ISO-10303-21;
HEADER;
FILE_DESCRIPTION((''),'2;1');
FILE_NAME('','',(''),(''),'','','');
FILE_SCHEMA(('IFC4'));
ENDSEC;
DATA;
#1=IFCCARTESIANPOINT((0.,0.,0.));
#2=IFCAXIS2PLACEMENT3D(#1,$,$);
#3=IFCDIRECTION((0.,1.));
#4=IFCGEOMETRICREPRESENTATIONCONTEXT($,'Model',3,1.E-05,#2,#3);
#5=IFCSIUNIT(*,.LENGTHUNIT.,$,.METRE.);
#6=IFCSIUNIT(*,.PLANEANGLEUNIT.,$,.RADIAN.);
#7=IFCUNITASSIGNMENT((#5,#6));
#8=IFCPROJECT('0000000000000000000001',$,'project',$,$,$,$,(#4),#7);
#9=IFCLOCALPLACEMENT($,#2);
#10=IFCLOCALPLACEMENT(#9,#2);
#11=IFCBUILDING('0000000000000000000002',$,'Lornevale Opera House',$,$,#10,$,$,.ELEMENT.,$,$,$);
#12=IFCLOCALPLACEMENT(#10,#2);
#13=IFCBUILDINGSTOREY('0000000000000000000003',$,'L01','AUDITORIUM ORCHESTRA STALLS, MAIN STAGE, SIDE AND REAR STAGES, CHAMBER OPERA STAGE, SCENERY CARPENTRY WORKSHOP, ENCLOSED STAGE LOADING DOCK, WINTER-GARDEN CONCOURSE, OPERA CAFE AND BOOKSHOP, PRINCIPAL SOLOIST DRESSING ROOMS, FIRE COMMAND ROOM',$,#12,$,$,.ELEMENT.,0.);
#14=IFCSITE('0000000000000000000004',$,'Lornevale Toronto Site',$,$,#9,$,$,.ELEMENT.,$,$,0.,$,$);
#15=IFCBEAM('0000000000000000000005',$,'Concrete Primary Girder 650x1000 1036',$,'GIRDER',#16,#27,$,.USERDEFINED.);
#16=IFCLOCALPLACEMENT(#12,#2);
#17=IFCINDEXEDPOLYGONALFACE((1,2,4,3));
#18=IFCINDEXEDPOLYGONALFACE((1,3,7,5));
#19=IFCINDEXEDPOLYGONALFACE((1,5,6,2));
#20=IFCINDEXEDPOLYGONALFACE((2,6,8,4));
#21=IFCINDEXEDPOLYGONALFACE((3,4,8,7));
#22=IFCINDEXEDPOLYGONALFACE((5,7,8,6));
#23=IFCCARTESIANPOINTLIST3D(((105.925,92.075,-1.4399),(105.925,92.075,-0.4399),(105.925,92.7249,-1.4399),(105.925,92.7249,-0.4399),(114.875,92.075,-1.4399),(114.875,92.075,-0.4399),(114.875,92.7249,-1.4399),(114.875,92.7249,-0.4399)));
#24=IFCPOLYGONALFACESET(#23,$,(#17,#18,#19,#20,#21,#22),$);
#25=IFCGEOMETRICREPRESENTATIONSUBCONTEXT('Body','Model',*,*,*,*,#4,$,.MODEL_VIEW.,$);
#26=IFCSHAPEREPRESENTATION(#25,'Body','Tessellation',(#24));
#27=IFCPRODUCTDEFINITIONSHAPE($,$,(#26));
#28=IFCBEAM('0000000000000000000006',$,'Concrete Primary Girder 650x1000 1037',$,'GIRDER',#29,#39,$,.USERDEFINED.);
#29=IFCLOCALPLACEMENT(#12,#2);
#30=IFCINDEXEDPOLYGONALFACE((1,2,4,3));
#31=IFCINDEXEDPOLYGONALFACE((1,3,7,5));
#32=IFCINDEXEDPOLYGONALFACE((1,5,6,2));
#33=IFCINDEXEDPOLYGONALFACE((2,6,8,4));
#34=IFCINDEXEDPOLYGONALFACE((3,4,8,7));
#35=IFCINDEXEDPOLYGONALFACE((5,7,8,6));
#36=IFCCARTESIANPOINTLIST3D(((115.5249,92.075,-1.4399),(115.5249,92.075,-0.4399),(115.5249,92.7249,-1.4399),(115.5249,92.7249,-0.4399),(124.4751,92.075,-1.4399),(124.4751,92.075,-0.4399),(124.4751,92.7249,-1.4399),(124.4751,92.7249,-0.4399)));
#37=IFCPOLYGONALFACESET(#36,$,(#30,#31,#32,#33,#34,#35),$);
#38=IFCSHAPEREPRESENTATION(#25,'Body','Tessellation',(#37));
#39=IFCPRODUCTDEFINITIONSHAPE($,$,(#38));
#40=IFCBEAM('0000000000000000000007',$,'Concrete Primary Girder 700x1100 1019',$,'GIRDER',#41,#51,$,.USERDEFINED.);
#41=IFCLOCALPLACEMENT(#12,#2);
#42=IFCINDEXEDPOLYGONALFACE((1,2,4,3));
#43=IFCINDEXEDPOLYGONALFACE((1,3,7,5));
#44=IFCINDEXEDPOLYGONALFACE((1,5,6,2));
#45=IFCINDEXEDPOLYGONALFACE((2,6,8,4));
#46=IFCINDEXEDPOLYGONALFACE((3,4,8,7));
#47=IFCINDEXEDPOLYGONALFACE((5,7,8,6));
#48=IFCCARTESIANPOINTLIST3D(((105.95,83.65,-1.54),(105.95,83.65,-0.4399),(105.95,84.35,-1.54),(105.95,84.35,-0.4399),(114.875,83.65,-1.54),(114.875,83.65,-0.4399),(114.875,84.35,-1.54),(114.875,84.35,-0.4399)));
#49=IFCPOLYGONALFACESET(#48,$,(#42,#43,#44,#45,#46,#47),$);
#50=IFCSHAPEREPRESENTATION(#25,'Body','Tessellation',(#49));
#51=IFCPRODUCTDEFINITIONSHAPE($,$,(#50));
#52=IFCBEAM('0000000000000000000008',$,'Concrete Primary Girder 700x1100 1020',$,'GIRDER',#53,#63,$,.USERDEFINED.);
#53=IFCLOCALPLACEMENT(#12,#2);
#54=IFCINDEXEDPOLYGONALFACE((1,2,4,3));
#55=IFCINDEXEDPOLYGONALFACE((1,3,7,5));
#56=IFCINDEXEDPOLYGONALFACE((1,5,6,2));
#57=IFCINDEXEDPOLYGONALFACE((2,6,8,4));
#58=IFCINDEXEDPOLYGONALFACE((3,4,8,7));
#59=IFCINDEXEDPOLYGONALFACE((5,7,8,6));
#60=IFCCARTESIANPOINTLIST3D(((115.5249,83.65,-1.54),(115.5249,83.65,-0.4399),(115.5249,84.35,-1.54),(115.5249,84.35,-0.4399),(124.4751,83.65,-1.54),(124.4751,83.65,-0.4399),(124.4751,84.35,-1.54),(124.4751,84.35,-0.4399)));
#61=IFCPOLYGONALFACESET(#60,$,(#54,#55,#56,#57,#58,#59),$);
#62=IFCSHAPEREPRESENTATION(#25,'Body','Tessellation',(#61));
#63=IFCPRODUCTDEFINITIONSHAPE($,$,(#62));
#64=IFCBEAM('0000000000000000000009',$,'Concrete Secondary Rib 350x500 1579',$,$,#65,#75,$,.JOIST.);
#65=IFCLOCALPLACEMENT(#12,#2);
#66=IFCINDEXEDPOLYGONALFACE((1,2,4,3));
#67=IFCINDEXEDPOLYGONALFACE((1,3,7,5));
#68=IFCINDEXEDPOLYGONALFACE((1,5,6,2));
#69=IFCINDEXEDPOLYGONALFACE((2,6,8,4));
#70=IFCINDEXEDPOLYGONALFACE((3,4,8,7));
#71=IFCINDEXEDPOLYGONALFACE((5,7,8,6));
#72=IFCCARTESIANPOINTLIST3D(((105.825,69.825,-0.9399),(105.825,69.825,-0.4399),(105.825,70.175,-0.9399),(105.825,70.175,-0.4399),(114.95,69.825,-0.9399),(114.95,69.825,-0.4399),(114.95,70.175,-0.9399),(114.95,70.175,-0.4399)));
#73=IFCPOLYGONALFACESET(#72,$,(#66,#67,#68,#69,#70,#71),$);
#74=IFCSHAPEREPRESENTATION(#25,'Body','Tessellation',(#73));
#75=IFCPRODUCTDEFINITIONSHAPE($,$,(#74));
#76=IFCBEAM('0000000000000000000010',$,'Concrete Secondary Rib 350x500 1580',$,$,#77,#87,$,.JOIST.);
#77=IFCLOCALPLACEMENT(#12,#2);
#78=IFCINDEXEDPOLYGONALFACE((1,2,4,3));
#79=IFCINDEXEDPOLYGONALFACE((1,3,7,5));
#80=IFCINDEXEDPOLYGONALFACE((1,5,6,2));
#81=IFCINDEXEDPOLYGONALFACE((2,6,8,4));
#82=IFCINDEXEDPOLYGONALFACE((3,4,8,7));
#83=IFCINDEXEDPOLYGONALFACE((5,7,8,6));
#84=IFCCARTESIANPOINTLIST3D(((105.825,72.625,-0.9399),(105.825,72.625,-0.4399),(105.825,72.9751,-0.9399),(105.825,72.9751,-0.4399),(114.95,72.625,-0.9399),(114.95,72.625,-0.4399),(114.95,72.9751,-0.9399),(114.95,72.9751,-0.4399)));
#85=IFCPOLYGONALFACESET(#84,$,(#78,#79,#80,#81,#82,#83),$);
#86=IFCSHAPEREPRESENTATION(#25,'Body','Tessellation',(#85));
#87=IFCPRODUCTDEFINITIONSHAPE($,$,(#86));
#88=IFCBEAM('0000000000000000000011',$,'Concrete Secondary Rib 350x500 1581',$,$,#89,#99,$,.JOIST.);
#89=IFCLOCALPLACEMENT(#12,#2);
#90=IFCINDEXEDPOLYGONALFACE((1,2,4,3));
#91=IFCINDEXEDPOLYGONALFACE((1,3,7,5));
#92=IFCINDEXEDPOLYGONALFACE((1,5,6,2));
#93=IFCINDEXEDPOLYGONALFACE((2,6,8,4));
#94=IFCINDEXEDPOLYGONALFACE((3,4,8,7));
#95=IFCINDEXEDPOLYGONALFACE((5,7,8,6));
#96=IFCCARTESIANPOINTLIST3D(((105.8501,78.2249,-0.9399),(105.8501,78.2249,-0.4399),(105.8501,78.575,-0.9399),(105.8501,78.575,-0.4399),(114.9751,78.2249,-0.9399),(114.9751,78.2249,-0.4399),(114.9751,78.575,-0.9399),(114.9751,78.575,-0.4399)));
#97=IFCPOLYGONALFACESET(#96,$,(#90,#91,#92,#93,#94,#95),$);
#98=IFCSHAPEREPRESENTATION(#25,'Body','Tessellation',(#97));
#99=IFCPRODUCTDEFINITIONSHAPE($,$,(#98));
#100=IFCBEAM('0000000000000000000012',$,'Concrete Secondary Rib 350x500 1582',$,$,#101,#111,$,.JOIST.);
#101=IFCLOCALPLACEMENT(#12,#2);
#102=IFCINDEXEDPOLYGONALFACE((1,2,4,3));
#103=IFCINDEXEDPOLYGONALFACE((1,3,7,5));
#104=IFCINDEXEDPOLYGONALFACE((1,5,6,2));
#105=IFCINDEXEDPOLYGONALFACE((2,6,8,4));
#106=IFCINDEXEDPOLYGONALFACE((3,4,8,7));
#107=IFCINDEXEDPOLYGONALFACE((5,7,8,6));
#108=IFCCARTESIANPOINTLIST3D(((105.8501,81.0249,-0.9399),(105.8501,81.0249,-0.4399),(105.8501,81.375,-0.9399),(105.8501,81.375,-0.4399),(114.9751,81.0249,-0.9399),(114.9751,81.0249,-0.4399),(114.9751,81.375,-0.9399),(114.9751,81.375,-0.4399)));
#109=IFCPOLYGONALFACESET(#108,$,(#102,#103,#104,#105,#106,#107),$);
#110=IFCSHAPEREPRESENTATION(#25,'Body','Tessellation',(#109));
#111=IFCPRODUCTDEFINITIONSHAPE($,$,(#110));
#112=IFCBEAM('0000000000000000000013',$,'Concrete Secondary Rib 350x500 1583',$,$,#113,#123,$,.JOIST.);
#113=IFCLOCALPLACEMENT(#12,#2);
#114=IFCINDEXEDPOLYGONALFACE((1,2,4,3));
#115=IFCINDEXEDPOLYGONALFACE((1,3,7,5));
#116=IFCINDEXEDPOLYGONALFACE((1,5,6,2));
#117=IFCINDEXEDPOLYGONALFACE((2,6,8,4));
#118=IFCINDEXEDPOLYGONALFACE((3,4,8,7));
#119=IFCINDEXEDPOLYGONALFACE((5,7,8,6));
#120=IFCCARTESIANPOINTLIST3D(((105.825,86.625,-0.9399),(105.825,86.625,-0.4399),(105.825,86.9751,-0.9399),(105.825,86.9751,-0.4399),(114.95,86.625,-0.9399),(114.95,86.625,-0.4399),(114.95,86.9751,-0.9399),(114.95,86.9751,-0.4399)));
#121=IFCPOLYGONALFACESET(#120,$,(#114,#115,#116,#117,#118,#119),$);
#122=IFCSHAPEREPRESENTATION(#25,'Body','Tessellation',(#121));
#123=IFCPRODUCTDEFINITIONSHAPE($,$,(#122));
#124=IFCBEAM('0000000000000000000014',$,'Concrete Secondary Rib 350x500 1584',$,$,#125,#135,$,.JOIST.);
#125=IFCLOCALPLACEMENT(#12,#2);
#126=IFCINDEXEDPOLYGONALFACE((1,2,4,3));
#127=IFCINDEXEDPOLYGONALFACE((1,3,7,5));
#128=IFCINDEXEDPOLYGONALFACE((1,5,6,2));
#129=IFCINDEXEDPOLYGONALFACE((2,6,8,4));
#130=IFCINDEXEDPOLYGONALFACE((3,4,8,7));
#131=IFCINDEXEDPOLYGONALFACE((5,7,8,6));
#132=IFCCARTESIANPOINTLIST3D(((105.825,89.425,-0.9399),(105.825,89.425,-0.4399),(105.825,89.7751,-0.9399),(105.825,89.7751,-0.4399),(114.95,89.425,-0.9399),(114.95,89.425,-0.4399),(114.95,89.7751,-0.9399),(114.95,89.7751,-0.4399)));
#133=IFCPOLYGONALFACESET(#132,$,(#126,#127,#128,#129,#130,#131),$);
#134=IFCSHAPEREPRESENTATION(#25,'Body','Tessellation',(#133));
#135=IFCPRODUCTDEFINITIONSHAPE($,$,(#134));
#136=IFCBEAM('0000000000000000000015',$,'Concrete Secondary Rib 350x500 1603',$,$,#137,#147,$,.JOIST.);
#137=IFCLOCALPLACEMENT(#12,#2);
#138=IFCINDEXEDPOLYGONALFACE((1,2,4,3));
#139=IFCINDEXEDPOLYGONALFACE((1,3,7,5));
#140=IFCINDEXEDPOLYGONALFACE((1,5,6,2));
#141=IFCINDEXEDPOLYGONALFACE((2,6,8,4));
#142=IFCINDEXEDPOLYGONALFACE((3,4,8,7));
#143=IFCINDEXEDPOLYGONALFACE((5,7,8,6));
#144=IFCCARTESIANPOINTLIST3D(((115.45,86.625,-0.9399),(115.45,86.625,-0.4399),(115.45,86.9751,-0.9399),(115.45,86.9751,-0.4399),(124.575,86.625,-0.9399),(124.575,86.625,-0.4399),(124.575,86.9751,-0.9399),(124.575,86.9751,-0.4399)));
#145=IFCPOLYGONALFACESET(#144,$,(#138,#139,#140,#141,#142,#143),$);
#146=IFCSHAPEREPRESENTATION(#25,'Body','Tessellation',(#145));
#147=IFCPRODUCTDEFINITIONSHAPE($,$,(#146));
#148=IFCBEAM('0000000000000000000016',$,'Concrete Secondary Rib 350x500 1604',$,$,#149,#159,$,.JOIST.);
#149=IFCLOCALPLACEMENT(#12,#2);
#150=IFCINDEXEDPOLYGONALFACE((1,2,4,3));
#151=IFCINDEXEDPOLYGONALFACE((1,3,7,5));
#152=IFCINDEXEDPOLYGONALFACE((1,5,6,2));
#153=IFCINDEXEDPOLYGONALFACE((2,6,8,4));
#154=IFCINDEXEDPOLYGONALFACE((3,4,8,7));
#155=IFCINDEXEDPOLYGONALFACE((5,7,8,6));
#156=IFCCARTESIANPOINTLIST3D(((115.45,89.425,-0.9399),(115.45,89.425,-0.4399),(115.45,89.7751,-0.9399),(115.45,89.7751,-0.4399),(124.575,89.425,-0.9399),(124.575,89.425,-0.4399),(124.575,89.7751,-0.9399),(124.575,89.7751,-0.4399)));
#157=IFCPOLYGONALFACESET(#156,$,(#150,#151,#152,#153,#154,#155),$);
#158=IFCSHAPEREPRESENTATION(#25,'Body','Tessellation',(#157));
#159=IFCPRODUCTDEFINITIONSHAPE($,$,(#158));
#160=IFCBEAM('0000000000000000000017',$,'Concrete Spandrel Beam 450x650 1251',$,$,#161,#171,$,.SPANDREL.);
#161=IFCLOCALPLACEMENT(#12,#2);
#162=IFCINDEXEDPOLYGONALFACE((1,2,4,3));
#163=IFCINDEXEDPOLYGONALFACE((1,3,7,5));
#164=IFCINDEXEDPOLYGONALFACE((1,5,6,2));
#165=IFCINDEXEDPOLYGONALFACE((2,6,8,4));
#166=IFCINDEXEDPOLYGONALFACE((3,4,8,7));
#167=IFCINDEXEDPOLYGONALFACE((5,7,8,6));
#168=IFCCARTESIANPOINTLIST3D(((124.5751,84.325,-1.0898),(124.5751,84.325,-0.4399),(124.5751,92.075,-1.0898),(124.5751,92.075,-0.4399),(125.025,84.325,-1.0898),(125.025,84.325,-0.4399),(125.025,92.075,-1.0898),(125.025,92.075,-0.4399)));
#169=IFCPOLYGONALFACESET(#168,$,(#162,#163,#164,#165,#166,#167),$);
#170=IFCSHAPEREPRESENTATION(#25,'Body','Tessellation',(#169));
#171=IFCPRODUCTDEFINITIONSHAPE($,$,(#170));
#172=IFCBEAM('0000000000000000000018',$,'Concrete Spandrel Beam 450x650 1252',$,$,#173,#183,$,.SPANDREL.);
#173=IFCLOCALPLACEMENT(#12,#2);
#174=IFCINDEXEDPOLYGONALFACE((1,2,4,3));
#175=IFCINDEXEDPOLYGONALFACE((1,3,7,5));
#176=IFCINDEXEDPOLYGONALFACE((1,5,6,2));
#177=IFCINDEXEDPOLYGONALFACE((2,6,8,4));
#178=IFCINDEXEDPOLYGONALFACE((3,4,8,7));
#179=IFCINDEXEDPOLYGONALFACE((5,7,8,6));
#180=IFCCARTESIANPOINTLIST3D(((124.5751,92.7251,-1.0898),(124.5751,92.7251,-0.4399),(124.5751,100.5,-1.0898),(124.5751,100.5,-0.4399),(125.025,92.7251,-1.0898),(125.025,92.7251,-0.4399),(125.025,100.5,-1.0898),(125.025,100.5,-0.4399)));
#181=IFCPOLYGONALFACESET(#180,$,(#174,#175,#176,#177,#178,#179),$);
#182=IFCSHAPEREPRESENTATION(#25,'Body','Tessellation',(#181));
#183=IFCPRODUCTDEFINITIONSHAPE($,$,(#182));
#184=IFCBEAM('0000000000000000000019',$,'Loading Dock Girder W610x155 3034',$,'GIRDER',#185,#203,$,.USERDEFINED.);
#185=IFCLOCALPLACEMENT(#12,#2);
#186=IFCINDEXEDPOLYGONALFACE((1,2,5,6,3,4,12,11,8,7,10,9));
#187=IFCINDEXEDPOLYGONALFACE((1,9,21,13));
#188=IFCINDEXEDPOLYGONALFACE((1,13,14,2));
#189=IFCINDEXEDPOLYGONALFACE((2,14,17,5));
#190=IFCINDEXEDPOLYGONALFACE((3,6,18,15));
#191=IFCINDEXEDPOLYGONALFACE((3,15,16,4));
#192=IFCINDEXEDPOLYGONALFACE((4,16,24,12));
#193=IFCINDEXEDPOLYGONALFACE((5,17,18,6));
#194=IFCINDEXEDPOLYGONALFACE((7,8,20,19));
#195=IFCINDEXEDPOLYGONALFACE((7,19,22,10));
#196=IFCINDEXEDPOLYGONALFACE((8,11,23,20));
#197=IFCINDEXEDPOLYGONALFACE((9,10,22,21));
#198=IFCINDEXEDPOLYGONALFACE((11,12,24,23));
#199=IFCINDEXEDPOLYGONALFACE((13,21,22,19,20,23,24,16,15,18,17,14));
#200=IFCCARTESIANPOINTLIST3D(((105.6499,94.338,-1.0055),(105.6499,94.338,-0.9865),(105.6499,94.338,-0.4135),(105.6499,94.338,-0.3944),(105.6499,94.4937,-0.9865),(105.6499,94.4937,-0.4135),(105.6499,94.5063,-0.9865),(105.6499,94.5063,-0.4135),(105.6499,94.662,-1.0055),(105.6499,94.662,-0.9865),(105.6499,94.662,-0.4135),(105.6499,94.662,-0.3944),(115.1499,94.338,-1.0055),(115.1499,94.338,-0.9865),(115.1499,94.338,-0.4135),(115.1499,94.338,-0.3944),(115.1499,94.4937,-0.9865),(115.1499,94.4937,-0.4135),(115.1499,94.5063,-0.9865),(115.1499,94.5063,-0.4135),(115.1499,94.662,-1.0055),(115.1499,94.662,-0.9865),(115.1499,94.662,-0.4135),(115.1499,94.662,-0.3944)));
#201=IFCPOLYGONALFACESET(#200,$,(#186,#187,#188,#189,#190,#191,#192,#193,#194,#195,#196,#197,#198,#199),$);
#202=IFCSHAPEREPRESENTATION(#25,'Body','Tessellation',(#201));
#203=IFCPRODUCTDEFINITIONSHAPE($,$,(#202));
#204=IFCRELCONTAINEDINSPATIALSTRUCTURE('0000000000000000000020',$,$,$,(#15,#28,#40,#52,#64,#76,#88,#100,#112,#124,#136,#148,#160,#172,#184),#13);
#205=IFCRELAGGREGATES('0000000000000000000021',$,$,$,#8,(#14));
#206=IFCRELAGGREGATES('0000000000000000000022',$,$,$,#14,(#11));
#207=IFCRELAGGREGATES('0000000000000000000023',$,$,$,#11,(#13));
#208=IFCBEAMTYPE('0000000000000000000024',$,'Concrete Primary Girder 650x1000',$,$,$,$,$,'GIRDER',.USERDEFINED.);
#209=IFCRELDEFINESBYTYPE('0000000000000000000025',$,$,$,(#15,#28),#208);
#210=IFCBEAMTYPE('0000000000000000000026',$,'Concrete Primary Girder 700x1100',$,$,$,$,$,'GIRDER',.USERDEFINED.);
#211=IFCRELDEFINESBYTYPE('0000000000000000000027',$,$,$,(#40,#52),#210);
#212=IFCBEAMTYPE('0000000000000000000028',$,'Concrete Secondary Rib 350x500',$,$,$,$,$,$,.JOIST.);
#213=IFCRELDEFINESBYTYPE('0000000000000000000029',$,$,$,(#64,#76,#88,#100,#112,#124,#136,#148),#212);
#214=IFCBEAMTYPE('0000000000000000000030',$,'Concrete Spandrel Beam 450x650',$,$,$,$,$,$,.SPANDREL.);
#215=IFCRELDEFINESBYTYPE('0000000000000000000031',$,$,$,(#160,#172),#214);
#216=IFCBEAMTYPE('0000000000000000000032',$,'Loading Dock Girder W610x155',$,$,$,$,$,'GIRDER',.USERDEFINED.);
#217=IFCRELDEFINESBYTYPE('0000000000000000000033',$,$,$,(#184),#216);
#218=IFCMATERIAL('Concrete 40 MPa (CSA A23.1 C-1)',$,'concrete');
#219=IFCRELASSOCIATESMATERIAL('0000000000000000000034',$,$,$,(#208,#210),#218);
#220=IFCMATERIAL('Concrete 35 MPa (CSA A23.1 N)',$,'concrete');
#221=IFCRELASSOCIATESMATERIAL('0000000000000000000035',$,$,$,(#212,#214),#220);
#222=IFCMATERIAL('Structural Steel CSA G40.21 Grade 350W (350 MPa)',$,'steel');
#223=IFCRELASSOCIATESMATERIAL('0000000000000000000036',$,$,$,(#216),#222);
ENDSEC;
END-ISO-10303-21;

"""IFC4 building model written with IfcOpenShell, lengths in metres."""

from ifc_helpers import new_model, si_unit, direction, frame, origin, origin_2d, place, context, subcontext, project, spatial, rectangle, i_section, extrude, material, material_profile, profile_set, type_object, element, save


model = new_model("IFC4")

# Units and contexts
model_context = context("Model", 3, precision=1e-05, world=origin(), true_north=direction((0.0, 1.0)))
body_context = subcontext(model_context, "Body", "Model", "MODEL_VIEW")
ifc_project = project(units=[si_unit("LENGTHUNIT", "METRE"), si_unit("PLANEANGLEUNIT", "RADIAN")], contexts=[model_context])

# Site, building, storey
site_placement = place(None, origin())
site = spatial("IfcSite", under=ifc_project, at=site_placement, Name="Lornevale Toronto Site", CompositionType="ELEMENT", RefElevation=0.0)
building_placement = place(site_placement, origin())
building = spatial("IfcBuilding", under=site, at=building_placement, Name="Lornevale Opera House", CompositionType="ELEMENT")
storey_placement = place(building_placement, origin())
storey = spatial("IfcBuildingStorey", under=building, at=storey_placement, Name="L01", Description="AUDITORIUM ORCHESTRA STALLS, MAIN STAGE, SIDE AND REAR STAGES, CHAMBER OPERA STAGE, SCENERY CARPENTRY WORKSHOP, ENCLOSED STAGE LOADING DOCK, WINTER-GARDEN CONCOURSE, OPERA CAFE AND BOOKSHOP, PRINCIPAL SOLOIST DRESSING ROOMS, FIRE COMMAND ROOM", CompositionType="ELEMENT", Elevation=0.0)

# Shared definitions
ifc_material_1 = material(Name="Concrete 40 MPa (CSA A23.1 C-1)", Category="concrete")

# Beams
ifc_material_2 = material(Name="Concrete 35 MPa (CSA A23.1 N)", Category="concrete")
ifc_material_profile_1 = material_profile(ifc_material_1, rectangle(XDim=0.6499, YDim=1.0, at=origin_2d()), Name="RC650x1000")
ifc_profile_set_1 = profile_set([ifc_material_profile_1], Name="Concrete 40 MPa (CSA A23.1 C-1)")
beam_type_1 = type_object("IfcBeamType", Name="Concrete Primary Girder 650x1000", ElementType="GIRDER", PredefinedType="USERDEFINED", material=ifc_profile_set_1)
beam_1_placement = place(storey_placement, frame((105.925, 92.3999, -0.9399), z_axis=(1.0, 0.0, 0.0), x_axis=(0.0, 1.0, 0.0)))
element("IfcBeam", 1, at=beam_1_placement, inside=storey, type_object=beam_type_1, Name="Concrete Primary Girder 650x1000 1036", ObjectType="GIRDER", PredefinedType="USERDEFINED", context=body_context, shape_type="SweptSolid", body=[
    extrude(rectangle(XDim=0.6499, YDim=1.0, at=origin_2d()), origin(), (0.0, 0.0, 1.0), 8.95),
])
beam_2_placement = place(storey_placement, frame((115.5249, 92.3999, -0.9399), z_axis=(1.0, 0.0, 0.0), x_axis=(0.0, 1.0, 0.0)))
element("IfcBeam", 2, at=beam_2_placement, inside=storey, type_object=beam_type_1, Name="Concrete Primary Girder 650x1000 1037", ObjectType="GIRDER", PredefinedType="USERDEFINED", context=body_context, shape_type="SweptSolid", body=[
    extrude(rectangle(XDim=0.6499, YDim=1.0, at=origin_2d()), origin(), (0.0, 0.0, 1.0), 8.9502),
])
ifc_material_profile_2 = material_profile(ifc_material_1, rectangle(XDim=0.7, YDim=1.1001, at=origin_2d()), Name="RC700x1100")
ifc_profile_set_2 = profile_set([ifc_material_profile_2], Name="Concrete 40 MPa (CSA A23.1 C-1)")
beam_type_2 = type_object("IfcBeamType", Name="Concrete Primary Girder 700x1100", ElementType="GIRDER", PredefinedType="USERDEFINED", material=ifc_profile_set_2)
beam_3_placement = place(storey_placement, frame((105.95, 84.0, -0.99), z_axis=(1.0, 0.0, 0.0), x_axis=(0.0, 1.0, 0.0)))
element("IfcBeam", 3, at=beam_3_placement, inside=storey, type_object=beam_type_2, Name="Concrete Primary Girder 700x1100 1019", ObjectType="GIRDER", PredefinedType="USERDEFINED", context=body_context, shape_type="SweptSolid", body=[
    extrude(rectangle(XDim=0.7, YDim=1.1001, at=origin_2d()), origin(), (0.0, 0.0, 1.0), 8.925),
])
beam_4_placement = place(storey_placement, frame((115.5249, 84.0, -0.99), z_axis=(1.0, 0.0, 0.0), x_axis=(0.0, 1.0, 0.0)))
element("IfcBeam", 4, at=beam_4_placement, inside=storey, type_object=beam_type_2, Name="Concrete Primary Girder 700x1100 1020", ObjectType="GIRDER", PredefinedType="USERDEFINED", context=body_context, shape_type="SweptSolid", body=[
    extrude(rectangle(XDim=0.7, YDim=1.1001, at=origin_2d()), origin(), (0.0, 0.0, 1.0), 8.9502),
])
ifc_material_profile_3 = material_profile(ifc_material_2, rectangle(XDim=0.3501, YDim=0.5, at=origin_2d()), Name="RC350x500")
ifc_profile_set_3 = profile_set([ifc_material_profile_3], Name="Concrete 35 MPa (CSA A23.1 N)")
beam_type_3 = type_object("IfcBeamType", Name="Concrete Secondary Rib 350x500", PredefinedType="JOIST", material=ifc_profile_set_3)
for number, where, z_axis, x_axis, name in (
    (5, (105.825, 70.0, -0.6899), (1.0, 0.0, 0.0), (0.0, 1.0, 0.0), "Concrete Secondary Rib 350x500 1579"),
    (6, (105.825, 72.8, -0.6899), (1.0, 0.0, 0.0), (0.0, 1.0, 0.0), "Concrete Secondary Rib 350x500 1580"),
    (7, (105.8501, 78.3999, -0.6899), (1.0, 0.0, 0.0), (0.0, 1.0, 0.0), "Concrete Secondary Rib 350x500 1581"),
    (8, (105.8501, 81.2, -0.6899), (1.0, 0.0, 0.0), (0.0, 1.0, 0.0), "Concrete Secondary Rib 350x500 1582"),
    (9, (105.825, 86.8, -0.6899), (1.0, 0.0, 0.0), (0.0, 1.0, 0.0), "Concrete Secondary Rib 350x500 1583"),
    (10, (105.825, 89.6001, -0.6899), (1.0, 0.0, 0.0), (0.0, 1.0, 0.0), "Concrete Secondary Rib 350x500 1584"),
    (11, (115.45, 86.8, -0.6899), (1.0, 0.0, 0.0), (0.0, 1.0, 0.0), "Concrete Secondary Rib 350x500 1603"),
    (12, (115.45, 89.6001, -0.6899), (1.0, 0.0, 0.0), (0.0, 1.0, 0.0), "Concrete Secondary Rib 350x500 1604"),
):
    element("IfcBeam", number, at=place(storey_placement, frame(where, z_axis=z_axis, x_axis=x_axis)), inside=storey, type_object=beam_type_3, Name=name, PredefinedType="JOIST", context=body_context, shape_type="SweptSolid", body=[
        extrude(rectangle(XDim=0.3501, YDim=0.5, at=origin_2d()), origin(), (0.0, 0.0, 1.0), 9.125),
    ])
ifc_material_profile_4 = material_profile(ifc_material_2, rectangle(XDim=0.45, YDim=0.6499, at=origin_2d()), Name="RC450x650")
ifc_profile_set_4 = profile_set([ifc_material_profile_4], Name="Concrete 35 MPa (CSA A23.1 N)")
beam_type_4 = type_object("IfcBeamType", Name="Concrete Spandrel Beam 450x650", PredefinedType="SPANDREL", material=ifc_profile_set_4)
beam_5_placement = place(storey_placement, frame((124.8, 84.325, -0.7649), z_axis=(0.0, 1.0, 0.0), x_axis=(-1.0, 0.0, 0.0)))
element("IfcBeam", 13, at=beam_5_placement, inside=storey, type_object=beam_type_4, Name="Concrete Spandrel Beam 450x650 1251", PredefinedType="SPANDREL", context=body_context, shape_type="SweptSolid", body=[
    extrude(rectangle(XDim=0.45, YDim=0.6499, at=origin_2d()), origin(), (0.0, 0.0, 1.0), 7.75),
])
beam_6_placement = place(storey_placement, frame((124.8, 92.7251, -0.7649), z_axis=(0.0, 1.0, 0.0), x_axis=(-1.0, 0.0, 0.0)))
element("IfcBeam", 14, at=beam_6_placement, inside=storey, type_object=beam_type_4, Name="Concrete Spandrel Beam 450x650 1252", PredefinedType="SPANDREL", context=body_context, shape_type="SweptSolid", body=[
    extrude(rectangle(XDim=0.45, YDim=0.6499, at=origin_2d()), origin(), (0.0, 0.0, 1.0), 7.7749),
])
ifc_material_3 = material(Name="Structural Steel CSA G40.21 Grade 350W (350 MPa)", Category="steel")
ifc_material_profile_5 = material_profile(ifc_material_3, i_section(OverallWidth=0.324, OverallDepth=0.6111, WebThickness=0.0127, FlangeThickness=0.019, at=origin_2d()), Name="W610x155")
ifc_profile_set_5 = profile_set([ifc_material_profile_5], Name="Structural Steel CSA G40.21 Grade 350W (350 MPa)")
beam_type_5 = type_object("IfcBeamType", Name="Loading Dock Girder W610x155", ElementType="GIRDER", PredefinedType="USERDEFINED", material=ifc_profile_set_5)
beam_7_placement = place(storey_placement, frame((105.6499, 94.5, -0.7), z_axis=(1.0, 0.0, 0.0), x_axis=(0.0, 1.0, 0.0)))
element("IfcBeam", 15, at=beam_7_placement, inside=storey, type_object=beam_type_5, Name="Loading Dock Girder W610x155 3034", ObjectType="GIRDER", PredefinedType="USERDEFINED", context=body_context, shape_type="SweptSolid", body=[
    extrude(i_section(OverallWidth=0.324, OverallDepth=0.6111, WebThickness=0.0127, FlangeThickness=0.019, at=origin_2d()), origin(), (0.0, 0.0, 1.0), 9.5),
])

save(model, "model.ifc")
